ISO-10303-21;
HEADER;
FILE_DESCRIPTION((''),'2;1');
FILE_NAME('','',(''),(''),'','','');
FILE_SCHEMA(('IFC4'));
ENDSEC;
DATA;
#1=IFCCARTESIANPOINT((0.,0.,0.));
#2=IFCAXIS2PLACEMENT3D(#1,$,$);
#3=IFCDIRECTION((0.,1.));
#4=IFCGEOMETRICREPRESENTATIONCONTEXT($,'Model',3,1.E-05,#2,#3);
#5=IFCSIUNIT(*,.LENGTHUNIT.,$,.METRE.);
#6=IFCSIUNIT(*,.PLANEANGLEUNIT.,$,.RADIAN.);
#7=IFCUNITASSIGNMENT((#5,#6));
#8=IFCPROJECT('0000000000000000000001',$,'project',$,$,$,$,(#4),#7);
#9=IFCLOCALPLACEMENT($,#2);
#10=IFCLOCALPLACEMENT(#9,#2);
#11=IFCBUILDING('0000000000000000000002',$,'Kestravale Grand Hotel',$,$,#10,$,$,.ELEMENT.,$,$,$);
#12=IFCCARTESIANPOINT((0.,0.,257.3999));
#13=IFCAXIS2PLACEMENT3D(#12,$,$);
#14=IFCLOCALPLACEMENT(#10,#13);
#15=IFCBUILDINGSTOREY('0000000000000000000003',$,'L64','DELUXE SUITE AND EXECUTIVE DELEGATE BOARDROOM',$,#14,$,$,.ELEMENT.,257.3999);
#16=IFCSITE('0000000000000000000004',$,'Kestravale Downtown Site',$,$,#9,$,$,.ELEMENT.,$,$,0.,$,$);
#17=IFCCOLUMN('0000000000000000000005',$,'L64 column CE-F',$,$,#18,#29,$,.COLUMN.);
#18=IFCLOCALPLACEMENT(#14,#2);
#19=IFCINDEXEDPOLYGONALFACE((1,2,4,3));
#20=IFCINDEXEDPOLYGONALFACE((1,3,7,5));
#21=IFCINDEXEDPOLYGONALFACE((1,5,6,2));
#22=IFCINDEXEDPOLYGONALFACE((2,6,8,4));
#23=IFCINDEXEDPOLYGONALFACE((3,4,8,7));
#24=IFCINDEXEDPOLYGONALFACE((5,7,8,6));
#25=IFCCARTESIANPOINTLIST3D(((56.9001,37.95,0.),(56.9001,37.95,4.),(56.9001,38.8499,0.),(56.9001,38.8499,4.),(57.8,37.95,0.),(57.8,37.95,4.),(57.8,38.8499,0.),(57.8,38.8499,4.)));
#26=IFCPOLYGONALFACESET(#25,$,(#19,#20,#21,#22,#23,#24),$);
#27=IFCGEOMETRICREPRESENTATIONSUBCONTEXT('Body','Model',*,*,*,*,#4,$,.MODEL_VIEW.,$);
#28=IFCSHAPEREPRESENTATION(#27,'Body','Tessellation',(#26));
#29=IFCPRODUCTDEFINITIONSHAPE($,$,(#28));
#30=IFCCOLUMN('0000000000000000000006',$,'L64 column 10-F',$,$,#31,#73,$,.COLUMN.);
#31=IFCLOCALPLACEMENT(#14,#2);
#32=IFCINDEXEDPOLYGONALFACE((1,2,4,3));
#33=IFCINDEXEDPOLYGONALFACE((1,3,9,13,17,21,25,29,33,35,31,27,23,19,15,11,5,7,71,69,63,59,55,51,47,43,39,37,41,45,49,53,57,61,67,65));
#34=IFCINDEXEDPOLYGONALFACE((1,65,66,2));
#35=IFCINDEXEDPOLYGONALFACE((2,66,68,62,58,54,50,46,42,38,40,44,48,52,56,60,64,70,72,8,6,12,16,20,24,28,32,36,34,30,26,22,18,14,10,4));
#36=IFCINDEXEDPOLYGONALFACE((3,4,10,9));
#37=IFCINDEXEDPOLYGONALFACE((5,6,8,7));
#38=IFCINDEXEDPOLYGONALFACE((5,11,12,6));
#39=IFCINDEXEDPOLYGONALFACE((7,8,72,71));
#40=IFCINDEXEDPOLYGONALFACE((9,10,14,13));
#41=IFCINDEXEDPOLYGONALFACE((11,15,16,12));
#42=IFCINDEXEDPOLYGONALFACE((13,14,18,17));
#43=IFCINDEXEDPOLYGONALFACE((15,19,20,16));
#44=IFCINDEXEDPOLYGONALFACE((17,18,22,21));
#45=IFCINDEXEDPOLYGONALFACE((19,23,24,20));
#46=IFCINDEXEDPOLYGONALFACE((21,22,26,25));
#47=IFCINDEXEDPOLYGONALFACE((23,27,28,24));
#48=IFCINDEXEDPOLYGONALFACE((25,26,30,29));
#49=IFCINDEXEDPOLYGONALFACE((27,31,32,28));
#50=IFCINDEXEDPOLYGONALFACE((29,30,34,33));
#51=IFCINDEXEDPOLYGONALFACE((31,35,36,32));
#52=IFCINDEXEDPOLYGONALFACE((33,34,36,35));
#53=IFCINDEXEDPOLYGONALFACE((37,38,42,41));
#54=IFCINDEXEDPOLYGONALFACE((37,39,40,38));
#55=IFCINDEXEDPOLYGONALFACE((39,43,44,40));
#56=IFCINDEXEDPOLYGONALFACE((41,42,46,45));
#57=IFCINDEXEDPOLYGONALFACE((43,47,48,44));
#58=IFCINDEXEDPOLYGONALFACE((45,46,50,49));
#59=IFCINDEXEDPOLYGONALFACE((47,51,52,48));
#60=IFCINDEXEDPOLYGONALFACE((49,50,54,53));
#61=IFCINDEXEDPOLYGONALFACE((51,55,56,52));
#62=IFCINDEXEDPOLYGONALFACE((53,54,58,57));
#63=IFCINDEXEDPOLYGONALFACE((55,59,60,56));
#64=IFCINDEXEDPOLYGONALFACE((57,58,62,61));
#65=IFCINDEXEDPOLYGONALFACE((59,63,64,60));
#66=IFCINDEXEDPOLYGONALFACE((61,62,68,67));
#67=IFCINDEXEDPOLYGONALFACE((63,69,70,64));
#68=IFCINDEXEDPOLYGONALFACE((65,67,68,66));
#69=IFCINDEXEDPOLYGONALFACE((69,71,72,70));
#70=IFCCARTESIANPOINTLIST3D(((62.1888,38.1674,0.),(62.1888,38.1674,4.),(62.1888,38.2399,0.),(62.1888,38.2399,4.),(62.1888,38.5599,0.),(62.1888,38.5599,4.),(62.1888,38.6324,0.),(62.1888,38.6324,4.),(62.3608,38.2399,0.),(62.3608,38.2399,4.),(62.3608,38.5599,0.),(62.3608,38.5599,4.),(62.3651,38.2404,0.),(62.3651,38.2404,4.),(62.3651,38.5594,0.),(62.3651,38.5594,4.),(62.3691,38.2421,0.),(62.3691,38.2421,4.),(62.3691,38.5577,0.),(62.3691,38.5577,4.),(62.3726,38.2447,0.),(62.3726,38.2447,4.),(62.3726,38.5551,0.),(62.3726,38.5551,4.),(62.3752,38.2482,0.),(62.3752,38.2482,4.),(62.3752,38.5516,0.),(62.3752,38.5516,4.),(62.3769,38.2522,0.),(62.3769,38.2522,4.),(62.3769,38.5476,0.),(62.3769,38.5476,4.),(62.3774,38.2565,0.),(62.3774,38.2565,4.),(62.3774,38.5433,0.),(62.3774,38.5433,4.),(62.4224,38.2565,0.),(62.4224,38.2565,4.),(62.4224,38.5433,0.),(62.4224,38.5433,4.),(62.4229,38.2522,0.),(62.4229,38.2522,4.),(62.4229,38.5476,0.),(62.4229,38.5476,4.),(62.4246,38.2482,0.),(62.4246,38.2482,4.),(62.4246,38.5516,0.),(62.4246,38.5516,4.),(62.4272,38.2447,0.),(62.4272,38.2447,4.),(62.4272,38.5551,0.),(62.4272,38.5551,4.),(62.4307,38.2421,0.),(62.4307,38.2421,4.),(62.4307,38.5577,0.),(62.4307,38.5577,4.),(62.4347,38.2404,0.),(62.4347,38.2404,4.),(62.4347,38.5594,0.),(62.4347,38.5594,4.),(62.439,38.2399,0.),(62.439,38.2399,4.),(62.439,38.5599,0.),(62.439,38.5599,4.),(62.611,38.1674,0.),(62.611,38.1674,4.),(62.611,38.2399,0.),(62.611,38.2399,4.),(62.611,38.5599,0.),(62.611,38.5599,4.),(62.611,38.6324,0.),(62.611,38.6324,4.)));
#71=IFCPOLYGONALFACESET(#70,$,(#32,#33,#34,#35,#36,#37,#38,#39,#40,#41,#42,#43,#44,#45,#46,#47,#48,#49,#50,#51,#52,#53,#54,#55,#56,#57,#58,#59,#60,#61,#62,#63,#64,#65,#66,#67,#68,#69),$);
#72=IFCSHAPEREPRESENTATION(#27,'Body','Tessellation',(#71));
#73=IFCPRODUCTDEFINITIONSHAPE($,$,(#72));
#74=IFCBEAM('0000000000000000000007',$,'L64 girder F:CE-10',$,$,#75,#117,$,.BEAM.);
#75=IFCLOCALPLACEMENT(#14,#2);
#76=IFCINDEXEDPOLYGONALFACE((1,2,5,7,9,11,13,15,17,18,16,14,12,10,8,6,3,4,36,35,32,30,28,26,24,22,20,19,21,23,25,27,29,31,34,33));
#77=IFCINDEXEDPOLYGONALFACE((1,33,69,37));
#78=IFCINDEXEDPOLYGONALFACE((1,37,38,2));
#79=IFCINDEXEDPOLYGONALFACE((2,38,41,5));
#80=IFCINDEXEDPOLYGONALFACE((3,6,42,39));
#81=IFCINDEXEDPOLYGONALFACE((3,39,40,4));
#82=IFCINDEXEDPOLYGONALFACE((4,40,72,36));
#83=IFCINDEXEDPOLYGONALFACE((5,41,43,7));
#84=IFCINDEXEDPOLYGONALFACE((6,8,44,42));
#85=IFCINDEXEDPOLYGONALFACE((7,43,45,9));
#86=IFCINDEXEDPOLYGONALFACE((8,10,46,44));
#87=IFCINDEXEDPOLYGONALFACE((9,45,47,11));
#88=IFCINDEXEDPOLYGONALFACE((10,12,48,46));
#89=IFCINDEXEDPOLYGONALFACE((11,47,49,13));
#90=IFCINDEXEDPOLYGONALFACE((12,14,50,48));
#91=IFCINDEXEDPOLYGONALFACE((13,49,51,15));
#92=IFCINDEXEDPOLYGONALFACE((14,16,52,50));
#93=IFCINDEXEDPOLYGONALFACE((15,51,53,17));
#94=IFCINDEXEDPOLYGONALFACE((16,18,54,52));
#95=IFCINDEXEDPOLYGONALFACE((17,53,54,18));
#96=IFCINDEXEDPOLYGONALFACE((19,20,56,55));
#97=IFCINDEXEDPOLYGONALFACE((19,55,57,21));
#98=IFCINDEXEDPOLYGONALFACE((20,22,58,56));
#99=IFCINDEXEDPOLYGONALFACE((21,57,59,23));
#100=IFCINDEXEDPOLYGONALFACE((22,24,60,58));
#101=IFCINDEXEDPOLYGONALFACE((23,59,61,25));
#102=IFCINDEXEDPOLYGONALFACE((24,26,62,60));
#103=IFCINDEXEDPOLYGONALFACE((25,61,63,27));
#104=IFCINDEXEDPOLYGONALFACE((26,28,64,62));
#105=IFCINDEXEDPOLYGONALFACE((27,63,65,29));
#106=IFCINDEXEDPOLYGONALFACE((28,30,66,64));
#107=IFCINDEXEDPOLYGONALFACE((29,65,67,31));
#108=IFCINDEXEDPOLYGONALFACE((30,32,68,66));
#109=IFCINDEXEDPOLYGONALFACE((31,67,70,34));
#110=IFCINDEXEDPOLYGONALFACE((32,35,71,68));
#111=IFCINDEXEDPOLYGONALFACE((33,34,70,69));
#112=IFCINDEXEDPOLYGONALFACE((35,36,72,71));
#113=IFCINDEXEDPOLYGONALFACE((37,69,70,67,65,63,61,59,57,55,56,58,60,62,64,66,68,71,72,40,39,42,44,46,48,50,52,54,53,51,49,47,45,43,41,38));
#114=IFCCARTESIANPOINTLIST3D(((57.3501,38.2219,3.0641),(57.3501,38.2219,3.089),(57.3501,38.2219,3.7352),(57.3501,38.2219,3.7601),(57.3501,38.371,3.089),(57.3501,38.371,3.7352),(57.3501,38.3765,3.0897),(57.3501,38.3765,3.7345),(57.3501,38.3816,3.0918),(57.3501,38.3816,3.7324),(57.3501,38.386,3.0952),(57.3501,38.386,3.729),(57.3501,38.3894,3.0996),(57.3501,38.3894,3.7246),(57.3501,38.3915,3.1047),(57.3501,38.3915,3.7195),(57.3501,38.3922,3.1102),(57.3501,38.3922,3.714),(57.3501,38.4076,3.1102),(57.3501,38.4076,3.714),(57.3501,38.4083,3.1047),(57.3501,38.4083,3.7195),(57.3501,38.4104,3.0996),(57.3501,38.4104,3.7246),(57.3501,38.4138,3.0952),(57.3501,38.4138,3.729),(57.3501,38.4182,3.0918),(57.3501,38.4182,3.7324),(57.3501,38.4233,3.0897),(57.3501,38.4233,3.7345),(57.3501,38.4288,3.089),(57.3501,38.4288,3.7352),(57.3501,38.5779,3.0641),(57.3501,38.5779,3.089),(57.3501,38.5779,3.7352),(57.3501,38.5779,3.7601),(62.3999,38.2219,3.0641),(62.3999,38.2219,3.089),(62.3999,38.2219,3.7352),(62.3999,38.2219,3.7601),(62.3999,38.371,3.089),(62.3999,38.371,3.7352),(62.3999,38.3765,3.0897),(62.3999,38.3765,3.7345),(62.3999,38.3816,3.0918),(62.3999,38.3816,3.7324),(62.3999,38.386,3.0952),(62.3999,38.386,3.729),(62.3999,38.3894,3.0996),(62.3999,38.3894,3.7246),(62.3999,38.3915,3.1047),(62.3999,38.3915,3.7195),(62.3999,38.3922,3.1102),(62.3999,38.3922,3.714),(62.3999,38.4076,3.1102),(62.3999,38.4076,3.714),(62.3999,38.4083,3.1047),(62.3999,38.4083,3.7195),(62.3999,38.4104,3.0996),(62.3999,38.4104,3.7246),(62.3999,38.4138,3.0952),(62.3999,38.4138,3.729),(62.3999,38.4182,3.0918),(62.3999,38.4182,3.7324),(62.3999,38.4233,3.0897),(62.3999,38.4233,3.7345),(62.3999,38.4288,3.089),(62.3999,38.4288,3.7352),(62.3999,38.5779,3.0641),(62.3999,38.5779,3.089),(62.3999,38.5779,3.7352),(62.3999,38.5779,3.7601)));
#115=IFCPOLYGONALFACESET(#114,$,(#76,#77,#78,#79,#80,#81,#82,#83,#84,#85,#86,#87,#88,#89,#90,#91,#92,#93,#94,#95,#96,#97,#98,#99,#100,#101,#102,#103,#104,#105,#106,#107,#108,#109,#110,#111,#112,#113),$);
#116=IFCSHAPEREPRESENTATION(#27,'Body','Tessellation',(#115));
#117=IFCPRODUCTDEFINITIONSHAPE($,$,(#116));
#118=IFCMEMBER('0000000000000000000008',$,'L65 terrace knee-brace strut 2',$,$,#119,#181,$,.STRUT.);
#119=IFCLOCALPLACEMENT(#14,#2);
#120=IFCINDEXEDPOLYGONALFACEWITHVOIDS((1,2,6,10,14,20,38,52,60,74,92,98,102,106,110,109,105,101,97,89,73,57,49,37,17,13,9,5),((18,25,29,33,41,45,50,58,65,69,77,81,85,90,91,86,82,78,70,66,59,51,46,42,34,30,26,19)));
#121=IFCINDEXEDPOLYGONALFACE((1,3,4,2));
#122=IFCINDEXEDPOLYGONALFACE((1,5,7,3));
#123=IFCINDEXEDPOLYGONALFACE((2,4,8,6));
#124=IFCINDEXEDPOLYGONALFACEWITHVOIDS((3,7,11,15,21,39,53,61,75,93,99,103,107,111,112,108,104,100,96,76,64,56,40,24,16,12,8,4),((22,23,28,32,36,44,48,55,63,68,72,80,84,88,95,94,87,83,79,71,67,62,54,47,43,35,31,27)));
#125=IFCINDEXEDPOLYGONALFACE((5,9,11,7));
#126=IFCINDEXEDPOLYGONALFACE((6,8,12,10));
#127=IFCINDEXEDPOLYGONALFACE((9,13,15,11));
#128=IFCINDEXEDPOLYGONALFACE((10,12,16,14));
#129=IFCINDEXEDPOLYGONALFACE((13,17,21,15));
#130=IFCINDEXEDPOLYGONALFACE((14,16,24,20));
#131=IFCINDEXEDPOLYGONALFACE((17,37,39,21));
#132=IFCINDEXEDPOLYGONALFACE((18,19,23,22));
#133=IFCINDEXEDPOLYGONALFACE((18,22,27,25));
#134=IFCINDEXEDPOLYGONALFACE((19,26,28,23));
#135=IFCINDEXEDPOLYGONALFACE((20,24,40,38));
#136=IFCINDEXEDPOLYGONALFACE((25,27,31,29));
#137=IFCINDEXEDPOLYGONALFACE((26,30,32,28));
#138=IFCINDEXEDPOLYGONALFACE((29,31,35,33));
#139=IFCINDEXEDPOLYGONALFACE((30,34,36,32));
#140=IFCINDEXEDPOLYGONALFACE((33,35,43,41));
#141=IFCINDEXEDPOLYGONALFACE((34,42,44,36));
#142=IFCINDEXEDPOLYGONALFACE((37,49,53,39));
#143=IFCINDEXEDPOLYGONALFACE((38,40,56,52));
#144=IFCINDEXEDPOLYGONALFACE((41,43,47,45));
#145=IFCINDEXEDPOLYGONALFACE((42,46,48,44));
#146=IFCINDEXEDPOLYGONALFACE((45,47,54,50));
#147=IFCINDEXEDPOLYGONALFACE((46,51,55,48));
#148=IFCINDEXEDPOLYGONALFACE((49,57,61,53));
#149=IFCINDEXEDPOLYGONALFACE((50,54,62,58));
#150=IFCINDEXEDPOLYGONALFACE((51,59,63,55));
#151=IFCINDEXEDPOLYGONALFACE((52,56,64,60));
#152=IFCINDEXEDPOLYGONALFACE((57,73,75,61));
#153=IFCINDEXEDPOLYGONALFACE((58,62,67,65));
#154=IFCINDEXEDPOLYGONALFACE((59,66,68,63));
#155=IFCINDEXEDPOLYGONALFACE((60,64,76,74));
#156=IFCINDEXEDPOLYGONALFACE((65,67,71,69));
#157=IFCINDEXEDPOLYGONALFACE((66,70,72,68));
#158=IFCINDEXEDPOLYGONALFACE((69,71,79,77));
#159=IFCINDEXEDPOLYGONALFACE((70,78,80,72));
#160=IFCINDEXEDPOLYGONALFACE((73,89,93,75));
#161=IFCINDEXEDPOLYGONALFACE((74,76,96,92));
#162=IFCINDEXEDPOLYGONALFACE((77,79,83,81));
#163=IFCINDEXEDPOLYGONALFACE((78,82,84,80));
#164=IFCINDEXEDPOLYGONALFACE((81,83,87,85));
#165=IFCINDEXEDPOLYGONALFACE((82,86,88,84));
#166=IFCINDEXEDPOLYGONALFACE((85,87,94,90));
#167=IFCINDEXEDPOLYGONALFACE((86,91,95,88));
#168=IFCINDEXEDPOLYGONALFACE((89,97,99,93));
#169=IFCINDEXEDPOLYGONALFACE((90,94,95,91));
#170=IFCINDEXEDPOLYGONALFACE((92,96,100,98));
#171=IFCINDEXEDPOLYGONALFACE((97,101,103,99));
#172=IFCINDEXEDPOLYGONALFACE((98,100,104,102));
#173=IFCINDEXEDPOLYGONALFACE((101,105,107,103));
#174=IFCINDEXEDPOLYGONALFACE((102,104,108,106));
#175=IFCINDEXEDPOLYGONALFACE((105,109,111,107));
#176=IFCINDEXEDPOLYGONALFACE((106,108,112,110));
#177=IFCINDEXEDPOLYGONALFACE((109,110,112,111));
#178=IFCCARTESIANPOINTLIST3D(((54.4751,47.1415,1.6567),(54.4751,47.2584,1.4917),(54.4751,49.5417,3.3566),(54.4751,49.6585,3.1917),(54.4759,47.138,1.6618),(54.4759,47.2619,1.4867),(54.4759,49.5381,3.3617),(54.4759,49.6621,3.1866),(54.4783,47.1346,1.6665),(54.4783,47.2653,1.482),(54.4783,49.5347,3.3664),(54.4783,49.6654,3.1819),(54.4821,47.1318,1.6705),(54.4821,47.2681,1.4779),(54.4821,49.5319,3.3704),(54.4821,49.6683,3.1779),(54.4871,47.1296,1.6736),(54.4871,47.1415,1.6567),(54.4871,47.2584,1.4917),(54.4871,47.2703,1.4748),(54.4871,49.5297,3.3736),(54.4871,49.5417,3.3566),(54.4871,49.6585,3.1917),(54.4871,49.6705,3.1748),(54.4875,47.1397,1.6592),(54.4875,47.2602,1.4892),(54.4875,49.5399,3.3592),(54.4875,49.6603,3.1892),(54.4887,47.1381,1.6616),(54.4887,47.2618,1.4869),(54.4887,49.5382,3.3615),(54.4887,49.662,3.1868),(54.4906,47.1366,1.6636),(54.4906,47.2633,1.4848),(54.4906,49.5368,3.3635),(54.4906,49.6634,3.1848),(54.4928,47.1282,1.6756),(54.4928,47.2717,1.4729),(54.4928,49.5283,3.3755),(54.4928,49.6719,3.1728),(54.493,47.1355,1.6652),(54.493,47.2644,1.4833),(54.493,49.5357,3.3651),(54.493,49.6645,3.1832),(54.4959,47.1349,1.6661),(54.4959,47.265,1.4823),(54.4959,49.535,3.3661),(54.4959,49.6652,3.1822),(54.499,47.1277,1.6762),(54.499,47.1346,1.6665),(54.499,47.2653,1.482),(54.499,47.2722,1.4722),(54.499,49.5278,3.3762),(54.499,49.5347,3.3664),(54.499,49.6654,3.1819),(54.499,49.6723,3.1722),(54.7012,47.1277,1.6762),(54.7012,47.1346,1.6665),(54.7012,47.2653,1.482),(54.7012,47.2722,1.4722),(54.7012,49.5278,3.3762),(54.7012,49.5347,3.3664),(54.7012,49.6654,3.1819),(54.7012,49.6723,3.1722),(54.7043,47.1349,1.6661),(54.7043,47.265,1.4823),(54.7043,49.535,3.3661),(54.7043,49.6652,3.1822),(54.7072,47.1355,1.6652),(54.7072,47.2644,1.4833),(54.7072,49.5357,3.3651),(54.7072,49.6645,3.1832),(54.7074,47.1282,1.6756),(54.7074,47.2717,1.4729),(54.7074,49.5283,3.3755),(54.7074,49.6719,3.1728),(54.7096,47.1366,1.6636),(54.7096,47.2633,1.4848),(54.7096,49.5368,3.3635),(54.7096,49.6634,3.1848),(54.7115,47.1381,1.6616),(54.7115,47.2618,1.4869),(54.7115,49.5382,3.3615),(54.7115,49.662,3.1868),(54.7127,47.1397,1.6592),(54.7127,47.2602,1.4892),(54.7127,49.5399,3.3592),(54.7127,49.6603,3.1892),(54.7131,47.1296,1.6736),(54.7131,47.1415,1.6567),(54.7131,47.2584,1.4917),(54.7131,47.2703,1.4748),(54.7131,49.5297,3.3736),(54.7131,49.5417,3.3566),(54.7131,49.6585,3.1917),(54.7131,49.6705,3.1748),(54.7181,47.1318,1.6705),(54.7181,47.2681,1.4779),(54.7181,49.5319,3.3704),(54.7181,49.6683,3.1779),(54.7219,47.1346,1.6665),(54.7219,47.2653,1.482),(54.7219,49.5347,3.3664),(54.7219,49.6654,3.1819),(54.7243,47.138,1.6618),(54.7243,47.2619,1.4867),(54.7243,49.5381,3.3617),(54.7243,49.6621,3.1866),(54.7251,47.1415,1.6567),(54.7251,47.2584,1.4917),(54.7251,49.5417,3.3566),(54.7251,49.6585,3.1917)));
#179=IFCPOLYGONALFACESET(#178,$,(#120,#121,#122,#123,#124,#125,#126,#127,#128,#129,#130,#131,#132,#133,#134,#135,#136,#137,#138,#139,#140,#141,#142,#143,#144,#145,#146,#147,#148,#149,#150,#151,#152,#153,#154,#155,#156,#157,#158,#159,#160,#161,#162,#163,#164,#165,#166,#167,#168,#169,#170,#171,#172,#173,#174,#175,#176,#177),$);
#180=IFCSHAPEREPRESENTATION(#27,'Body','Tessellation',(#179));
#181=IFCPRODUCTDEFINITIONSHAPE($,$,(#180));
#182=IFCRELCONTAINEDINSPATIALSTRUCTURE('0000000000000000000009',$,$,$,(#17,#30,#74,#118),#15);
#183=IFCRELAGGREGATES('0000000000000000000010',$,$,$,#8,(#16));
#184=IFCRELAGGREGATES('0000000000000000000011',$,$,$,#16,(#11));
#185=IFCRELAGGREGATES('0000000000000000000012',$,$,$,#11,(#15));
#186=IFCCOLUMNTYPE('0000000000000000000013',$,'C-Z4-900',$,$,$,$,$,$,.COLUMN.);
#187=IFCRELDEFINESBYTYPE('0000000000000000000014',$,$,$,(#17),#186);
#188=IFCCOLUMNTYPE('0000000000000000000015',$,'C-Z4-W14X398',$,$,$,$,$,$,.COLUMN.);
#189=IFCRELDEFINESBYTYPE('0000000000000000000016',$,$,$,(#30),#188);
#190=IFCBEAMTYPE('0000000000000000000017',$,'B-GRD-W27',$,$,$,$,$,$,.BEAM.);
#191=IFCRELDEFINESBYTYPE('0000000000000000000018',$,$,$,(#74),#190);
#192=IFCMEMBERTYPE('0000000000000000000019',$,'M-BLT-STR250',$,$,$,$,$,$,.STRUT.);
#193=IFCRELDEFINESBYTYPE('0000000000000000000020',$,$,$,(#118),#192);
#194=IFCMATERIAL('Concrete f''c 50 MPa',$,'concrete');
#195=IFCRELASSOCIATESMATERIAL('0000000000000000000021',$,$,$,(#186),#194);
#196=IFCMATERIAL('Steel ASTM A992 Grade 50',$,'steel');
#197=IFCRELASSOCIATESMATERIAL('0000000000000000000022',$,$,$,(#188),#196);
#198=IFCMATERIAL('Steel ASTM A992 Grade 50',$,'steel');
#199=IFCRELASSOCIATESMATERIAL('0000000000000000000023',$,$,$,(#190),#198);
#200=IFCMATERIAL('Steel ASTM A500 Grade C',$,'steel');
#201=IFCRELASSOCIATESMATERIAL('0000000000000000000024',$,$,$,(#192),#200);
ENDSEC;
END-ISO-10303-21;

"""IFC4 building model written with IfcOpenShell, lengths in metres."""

from ifc_helpers import new_model, si_unit, direction, frame, origin, origin_2d, place, context, subcontext, project, spatial, rectangle, hollow_rectangle, i_section, extrude, material, material_profile, profile_set, type_object, element, save


model = new_model("IFC4")

# Units and contexts
model_context = context("Model", 3, precision=1e-05, world=origin(), true_north=direction((0.0, 1.0)))
body_context = subcontext(model_context, "Body", "Model", "MODEL_VIEW")
ifc_project = project(units=[si_unit("LENGTHUNIT", "METRE"), si_unit("PLANEANGLEUNIT", "RADIAN")], contexts=[model_context])

# Site, building, storey
site_placement = place(None, origin())
site = spatial("IfcSite", under=ifc_project, at=site_placement, Name="Kestravale Downtown Site", CompositionType="ELEMENT", RefElevation=0.0)
building_placement = place(site_placement, origin())
building = spatial("IfcBuilding", under=site, at=building_placement, Name="Kestravale Grand Hotel", CompositionType="ELEMENT")
storey_placement = place(building_placement, frame((0.0, 0.0, 257.3999)))
storey = spatial("IfcBuildingStorey", under=building, at=storey_placement, Name="L64", Description="DELUXE SUITE AND EXECUTIVE DELEGATE BOARDROOM", CompositionType="ELEMENT", Elevation=257.3999)

# Columns
ifc_material_1 = material(Name="Concrete f'c 50 MPa", Category="concrete")
ifc_material_profile_1 = material_profile(ifc_material_1, rectangle(XDim=0.8999, YDim=0.8999, at=origin_2d()))
ifc_profile_set_1 = profile_set([ifc_material_profile_1], Name="Concrete f'c 50 MPa")
column_type_1 = type_object("IfcColumnType", Name="C-Z4-900", PredefinedType="COLUMN", material=ifc_profile_set_1)
column_1_placement = place(storey_placement, frame((57.3501, 38.3999, 0.0), z_axis=(0.0, 0.0, 1.0), x_axis=(1.0, 0.0, 0.0)))
element("IfcColumn", 1, at=column_1_placement, inside=storey, type_object=column_type_1, Name="L64 column CE-F", PredefinedType="COLUMN", context=body_context, shape_type="SweptSolid", body=[
    extrude(rectangle(XDim=0.8999, YDim=0.8999, at=origin_2d()), origin(), (0.0, 0.0, 1.0), 4.0),
])
ifc_material_2 = material(Name="Steel ASTM A992 Grade 50", Category="steel")
ifc_material_profile_2 = material_profile(ifc_material_2, i_section(OverallWidth=0.4221, OverallDepth=0.4651, WebThickness=0.0449, FlangeThickness=0.0725, FilletRadius=0.0166, at=origin_2d()))
ifc_profile_set_2 = profile_set([ifc_material_profile_2], Name="Steel ASTM A992 Grade 50")
column_type_2 = type_object("IfcColumnType", Name="C-Z4-W14X398", PredefinedType="COLUMN", material=ifc_profile_set_2)
column_2_placement = place(storey_placement, frame((62.3999, 38.3999, 0.0), z_axis=(0.0, 0.0, 1.0), x_axis=(1.0, 0.0, 0.0)))
element("IfcColumn", 2, at=column_2_placement, inside=storey, type_object=column_type_2, Name="L64 column 10-F", PredefinedType="COLUMN", context=body_context, shape_type="SweptSolid", body=[
    extrude(i_section(OverallWidth=0.4221, OverallDepth=0.4651, WebThickness=0.0449, FlangeThickness=0.0725, FilletRadius=0.0166, at=origin_2d()), origin(), (0.0, 0.0, 1.0), 4.0),
])

# Beam
ifc_material_3 = material(Name="Steel ASTM A992 Grade 50", Category="steel")
ifc_material_profile_3 = material_profile(ifc_material_3, i_section(OverallWidth=0.356, OverallDepth=0.696, WebThickness=0.0154, FlangeThickness=0.0249, FilletRadius=0.0212, at=origin_2d()))
ifc_profile_set_3 = profile_set([ifc_material_profile_3], Name="Steel ASTM A992 Grade 50")
beam_type = type_object("IfcBeamType", Name="B-GRD-W27", PredefinedType="BEAM", material=ifc_profile_set_3)
beam_placement = place(storey_placement, frame((57.3501, 38.3999, 3.4121), z_axis=(1.0, 0.0, 0.0), x_axis=(0.0, 1.0, 0.0)))
element("IfcBeam", 3, at=beam_placement, inside=storey, type_object=beam_type, Name="L64 girder F:CE-10", PredefinedType="BEAM", context=body_context, shape_type="SweptSolid", body=[
    extrude(i_section(OverallWidth=0.356, OverallDepth=0.696, WebThickness=0.0154, FlangeThickness=0.0249, FilletRadius=0.0212, at=origin_2d()), origin(), (0.0, 0.0, 1.0), 5.0498),
])

# Member
ifc_material_4 = material(Name="Steel ASTM A500 Grade C", Category="steel")
ifc_material_profile_4 = material_profile(ifc_material_4, hollow_rectangle(XDim=0.25, YDim=0.25, WallThickness=0.012, InnerFilletRadius=0.012, OuterFilletRadius=0.0239, at=origin_2d()))
ifc_profile_set_4 = profile_set([ifc_material_profile_4], Name="Steel ASTM A500 Grade C")
member_type = type_object("IfcMemberType", Name="M-BLT-STR250", PredefinedType="STRUT", material=ifc_profile_set_4)
member_placement = place(storey_placement, frame((54.6001, 47.2, 1.5742), z_axis=(0.0, 0.816049, 0.577983), x_axis=(-1.0, 0.0, 0.0)))
element("IfcMember", 4, at=member_placement, inside=storey, type_object=member_type, Name="L65 terrace knee-brace strut 2", PredefinedType="STRUT", context=body_context, shape_type="SweptSolid", body=[
    extrude(hollow_rectangle(XDim=0.25, YDim=0.25, WallThickness=0.012, InnerFilletRadius=0.012, OuterFilletRadius=0.0239, at=origin_2d()), origin(), (0.0, 0.0, 1.0), 2.9412),
])

save(model, "model.ifc")
